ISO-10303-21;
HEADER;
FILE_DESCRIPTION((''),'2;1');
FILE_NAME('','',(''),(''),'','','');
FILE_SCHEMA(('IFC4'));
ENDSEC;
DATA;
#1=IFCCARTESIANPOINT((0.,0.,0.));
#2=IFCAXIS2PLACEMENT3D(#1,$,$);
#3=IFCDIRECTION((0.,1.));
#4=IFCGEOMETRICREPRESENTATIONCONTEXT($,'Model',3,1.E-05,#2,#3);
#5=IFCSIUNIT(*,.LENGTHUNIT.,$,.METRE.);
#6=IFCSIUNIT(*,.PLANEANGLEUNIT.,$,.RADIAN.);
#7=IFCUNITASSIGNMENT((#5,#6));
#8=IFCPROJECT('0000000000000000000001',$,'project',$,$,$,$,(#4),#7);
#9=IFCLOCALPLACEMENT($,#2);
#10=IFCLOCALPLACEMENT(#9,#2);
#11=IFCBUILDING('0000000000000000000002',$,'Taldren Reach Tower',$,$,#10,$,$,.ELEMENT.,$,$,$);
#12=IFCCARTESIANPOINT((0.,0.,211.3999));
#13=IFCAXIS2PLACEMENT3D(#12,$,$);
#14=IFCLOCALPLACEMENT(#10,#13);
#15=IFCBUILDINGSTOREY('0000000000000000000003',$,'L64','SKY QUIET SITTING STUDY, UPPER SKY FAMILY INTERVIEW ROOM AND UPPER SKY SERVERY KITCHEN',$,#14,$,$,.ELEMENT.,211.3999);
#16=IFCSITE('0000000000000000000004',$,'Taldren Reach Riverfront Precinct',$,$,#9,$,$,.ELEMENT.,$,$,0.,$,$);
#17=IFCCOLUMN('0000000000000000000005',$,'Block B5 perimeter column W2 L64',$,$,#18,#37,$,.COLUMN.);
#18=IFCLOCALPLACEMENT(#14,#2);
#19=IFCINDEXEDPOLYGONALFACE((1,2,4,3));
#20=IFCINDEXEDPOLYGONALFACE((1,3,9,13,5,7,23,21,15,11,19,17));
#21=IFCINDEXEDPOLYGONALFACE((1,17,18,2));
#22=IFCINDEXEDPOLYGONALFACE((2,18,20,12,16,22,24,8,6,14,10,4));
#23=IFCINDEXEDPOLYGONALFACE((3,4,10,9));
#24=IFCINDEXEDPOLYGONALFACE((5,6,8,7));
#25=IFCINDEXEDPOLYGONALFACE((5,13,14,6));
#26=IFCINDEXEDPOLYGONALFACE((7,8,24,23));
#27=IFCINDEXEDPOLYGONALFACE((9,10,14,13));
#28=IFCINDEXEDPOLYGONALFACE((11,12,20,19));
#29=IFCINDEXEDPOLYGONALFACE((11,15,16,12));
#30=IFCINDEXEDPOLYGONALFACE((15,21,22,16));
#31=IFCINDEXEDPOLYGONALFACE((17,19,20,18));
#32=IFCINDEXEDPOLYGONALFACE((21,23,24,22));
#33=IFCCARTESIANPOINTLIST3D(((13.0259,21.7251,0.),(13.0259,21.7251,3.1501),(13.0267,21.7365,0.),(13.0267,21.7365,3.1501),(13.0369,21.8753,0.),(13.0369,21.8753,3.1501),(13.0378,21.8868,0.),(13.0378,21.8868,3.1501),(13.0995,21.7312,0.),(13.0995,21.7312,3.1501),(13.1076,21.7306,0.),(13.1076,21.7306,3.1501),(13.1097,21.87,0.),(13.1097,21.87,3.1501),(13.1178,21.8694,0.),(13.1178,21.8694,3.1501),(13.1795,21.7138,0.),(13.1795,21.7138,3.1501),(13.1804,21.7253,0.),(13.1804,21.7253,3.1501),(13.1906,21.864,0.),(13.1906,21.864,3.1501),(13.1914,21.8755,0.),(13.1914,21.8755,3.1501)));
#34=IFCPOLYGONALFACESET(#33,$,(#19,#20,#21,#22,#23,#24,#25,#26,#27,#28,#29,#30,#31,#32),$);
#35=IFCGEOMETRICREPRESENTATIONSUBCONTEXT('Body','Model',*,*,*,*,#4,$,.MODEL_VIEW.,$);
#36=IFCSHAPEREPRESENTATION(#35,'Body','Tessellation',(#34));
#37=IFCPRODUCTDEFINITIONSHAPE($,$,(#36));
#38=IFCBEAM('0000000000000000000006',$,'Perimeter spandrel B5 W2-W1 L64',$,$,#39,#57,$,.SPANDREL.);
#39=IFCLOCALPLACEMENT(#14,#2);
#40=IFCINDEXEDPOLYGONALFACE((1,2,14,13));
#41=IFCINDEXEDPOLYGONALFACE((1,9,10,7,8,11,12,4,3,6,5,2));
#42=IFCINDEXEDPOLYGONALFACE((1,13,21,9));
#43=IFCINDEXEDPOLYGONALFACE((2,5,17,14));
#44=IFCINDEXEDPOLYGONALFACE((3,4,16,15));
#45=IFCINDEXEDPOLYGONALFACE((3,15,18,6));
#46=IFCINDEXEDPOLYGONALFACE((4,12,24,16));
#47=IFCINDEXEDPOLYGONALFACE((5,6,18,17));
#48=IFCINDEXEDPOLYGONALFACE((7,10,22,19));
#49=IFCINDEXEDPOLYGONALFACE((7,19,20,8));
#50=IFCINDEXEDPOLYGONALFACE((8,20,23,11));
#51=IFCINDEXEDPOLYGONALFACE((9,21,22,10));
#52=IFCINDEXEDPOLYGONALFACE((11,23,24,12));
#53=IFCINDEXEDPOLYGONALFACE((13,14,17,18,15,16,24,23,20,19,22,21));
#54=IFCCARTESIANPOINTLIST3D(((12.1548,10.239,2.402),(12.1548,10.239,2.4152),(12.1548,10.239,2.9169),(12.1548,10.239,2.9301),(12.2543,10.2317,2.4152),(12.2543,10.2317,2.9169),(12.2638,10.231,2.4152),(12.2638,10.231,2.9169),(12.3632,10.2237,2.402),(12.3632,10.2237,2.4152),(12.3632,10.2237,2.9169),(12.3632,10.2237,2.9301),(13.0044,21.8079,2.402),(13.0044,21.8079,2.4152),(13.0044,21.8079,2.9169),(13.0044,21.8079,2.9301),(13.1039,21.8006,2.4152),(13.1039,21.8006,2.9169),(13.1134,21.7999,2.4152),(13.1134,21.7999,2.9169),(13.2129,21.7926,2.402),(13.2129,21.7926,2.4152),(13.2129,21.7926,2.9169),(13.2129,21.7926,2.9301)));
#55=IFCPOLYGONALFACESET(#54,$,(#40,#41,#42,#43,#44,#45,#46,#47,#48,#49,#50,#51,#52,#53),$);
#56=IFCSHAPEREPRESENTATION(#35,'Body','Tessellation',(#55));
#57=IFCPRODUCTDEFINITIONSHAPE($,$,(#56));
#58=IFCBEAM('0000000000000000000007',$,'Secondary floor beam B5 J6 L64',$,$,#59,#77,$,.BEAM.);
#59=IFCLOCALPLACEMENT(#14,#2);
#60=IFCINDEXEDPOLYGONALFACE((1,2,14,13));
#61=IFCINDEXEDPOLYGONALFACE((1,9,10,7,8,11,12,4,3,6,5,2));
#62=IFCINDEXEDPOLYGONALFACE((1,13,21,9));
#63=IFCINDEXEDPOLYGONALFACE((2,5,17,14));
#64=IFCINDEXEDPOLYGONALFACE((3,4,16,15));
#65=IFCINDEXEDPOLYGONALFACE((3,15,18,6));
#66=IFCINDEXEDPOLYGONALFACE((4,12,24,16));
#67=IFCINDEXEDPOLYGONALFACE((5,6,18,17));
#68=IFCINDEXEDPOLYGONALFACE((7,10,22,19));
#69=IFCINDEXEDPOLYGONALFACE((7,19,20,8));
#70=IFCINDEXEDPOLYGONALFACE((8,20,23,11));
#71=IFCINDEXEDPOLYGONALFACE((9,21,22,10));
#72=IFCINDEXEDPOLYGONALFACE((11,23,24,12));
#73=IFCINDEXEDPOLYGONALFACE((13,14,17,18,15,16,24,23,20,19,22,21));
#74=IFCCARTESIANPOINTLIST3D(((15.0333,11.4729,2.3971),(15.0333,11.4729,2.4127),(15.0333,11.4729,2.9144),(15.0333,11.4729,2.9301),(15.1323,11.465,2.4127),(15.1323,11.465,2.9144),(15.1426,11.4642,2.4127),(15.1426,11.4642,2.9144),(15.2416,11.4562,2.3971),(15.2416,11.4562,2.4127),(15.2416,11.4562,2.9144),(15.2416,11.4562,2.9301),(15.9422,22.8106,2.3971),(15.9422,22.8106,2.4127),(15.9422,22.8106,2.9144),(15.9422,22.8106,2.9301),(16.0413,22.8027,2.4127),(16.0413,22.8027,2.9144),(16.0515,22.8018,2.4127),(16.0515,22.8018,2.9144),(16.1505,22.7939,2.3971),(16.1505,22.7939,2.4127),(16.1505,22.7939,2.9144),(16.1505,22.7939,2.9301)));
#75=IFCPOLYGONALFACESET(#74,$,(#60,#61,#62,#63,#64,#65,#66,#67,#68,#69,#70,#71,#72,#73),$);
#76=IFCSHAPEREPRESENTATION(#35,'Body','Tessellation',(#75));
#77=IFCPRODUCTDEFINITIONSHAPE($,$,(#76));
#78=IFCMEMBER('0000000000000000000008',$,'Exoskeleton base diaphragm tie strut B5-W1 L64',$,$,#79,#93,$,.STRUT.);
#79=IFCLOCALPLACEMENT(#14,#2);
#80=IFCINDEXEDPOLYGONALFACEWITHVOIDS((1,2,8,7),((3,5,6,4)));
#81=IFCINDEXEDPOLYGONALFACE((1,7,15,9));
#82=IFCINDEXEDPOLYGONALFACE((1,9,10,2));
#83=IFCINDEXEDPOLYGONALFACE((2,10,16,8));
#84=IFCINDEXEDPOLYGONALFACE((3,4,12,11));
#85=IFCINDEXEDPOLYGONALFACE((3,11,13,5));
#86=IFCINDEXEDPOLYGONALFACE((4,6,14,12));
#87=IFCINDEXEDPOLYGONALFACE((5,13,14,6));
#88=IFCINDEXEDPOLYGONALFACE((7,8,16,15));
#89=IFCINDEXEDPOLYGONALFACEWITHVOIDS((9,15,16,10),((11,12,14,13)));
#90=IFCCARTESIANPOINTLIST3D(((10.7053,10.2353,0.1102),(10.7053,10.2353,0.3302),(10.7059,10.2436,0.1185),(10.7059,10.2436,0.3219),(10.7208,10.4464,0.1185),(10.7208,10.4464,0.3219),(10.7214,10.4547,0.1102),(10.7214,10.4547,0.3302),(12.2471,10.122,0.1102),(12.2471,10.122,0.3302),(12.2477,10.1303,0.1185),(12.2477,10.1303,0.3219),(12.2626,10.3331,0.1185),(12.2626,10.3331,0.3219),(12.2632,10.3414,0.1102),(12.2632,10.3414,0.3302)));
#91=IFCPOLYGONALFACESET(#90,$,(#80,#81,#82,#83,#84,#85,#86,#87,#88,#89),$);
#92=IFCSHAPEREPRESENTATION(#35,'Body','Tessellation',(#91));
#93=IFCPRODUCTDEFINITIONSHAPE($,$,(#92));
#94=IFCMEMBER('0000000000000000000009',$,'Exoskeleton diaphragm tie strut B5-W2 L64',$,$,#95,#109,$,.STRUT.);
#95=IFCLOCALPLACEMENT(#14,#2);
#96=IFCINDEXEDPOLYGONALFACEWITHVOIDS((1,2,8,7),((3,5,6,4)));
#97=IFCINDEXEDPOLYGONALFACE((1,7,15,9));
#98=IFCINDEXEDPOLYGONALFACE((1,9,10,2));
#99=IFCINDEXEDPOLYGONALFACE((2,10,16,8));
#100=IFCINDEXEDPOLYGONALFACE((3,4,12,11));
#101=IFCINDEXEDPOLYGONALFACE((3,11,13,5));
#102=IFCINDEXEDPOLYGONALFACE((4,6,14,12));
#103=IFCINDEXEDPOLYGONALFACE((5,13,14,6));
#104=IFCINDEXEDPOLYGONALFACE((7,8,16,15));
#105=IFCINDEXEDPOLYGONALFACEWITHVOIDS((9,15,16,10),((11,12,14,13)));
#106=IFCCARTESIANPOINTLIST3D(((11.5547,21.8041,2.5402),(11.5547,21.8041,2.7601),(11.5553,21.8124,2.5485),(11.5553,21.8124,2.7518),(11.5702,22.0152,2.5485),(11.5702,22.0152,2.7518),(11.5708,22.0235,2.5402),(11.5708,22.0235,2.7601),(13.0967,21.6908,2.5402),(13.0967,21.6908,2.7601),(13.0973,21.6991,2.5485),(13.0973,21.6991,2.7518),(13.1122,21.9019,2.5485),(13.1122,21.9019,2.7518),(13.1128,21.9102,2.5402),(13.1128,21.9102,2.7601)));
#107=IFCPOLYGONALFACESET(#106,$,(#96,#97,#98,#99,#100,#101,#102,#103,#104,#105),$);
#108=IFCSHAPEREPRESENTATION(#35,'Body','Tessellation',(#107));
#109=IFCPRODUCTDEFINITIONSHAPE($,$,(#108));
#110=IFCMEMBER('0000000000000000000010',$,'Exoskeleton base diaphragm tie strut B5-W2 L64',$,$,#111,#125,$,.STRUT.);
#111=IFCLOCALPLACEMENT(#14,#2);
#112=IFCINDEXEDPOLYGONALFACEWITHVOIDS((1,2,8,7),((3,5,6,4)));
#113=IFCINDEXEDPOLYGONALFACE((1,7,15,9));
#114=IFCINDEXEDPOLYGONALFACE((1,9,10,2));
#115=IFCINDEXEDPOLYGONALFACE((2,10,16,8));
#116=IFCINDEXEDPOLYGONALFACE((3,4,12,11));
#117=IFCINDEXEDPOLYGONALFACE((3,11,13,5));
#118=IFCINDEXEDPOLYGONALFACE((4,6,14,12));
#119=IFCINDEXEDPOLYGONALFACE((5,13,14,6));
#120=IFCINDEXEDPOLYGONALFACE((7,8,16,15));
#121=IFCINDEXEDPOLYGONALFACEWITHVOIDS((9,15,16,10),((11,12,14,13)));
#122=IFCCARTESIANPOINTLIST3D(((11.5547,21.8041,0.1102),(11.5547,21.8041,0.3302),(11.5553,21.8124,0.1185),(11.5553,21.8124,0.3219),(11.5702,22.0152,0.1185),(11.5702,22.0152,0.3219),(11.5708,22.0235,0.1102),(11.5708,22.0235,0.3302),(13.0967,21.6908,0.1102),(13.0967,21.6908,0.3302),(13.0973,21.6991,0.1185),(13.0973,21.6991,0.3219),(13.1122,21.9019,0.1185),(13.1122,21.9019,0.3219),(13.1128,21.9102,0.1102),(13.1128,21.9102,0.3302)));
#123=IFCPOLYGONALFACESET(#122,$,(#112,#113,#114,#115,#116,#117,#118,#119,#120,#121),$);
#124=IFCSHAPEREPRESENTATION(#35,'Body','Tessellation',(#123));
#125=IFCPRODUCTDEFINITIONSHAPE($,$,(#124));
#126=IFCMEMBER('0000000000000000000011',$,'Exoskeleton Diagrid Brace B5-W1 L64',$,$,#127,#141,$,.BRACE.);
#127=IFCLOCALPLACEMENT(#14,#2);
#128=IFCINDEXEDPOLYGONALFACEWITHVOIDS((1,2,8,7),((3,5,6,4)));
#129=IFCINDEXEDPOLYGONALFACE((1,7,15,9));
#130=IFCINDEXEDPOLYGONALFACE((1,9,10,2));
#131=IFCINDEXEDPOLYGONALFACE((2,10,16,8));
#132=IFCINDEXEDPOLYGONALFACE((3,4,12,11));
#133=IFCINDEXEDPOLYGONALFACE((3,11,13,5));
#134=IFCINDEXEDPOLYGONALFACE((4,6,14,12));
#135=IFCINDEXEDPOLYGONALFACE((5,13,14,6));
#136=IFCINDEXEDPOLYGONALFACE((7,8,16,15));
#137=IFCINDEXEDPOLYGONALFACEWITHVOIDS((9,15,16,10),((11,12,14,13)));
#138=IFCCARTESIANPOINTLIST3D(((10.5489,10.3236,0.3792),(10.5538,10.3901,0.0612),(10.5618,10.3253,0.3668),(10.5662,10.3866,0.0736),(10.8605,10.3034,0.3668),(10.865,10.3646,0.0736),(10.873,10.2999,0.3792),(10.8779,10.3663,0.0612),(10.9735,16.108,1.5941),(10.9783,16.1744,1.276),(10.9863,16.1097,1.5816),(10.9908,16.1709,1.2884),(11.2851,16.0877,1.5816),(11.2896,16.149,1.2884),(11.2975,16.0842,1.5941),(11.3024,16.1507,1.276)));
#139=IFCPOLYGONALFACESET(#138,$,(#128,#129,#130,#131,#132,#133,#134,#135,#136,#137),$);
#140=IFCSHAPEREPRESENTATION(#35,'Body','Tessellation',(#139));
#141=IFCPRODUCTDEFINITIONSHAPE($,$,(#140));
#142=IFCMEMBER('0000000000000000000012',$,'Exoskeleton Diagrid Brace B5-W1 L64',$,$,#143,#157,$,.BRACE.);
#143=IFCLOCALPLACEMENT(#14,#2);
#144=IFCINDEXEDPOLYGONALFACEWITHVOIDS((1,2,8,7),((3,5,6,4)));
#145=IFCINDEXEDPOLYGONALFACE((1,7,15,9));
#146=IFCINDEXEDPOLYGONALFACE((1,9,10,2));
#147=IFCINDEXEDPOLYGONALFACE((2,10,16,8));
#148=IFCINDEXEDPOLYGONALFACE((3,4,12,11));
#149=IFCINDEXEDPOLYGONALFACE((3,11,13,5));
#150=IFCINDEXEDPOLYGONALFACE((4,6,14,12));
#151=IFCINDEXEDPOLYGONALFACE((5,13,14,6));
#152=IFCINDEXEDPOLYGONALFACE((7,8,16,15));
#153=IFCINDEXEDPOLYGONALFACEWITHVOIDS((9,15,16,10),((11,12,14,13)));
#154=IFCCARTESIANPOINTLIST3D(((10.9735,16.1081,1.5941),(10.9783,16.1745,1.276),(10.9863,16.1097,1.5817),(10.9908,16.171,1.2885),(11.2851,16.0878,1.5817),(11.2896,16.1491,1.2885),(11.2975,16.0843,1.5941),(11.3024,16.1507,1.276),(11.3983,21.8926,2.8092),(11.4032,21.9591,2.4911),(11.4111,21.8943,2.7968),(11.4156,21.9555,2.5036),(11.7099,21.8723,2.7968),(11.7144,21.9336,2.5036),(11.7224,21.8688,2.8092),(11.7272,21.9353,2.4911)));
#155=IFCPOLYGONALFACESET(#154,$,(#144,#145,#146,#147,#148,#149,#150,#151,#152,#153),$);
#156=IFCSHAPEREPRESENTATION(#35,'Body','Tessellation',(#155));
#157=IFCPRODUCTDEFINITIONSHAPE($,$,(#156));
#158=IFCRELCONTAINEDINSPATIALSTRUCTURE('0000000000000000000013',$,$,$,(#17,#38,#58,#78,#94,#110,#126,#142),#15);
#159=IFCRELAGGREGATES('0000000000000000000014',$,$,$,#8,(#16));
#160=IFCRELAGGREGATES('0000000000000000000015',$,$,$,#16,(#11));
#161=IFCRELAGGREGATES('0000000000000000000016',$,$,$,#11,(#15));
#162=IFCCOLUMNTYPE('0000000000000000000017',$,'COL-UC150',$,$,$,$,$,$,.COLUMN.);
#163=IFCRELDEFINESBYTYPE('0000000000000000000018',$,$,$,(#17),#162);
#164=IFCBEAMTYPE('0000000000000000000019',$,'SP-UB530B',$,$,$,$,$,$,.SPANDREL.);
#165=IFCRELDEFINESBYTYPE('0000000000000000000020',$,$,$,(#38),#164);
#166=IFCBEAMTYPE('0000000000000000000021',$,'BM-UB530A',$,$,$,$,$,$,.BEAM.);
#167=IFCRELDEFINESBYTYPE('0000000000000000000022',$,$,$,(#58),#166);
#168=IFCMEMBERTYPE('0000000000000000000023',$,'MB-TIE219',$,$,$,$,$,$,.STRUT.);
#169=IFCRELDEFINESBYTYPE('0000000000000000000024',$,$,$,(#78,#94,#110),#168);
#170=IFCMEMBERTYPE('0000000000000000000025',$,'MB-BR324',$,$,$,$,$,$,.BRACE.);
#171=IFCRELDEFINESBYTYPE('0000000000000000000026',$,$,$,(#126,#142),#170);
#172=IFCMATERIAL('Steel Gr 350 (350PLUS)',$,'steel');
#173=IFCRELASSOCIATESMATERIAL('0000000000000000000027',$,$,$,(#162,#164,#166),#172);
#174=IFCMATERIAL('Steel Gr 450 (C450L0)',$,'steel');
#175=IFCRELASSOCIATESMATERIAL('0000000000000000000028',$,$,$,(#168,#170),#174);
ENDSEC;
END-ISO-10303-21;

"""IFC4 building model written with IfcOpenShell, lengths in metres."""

from ifc_helpers import new_model, si_unit, direction, frame, origin, origin_2d, place, context, subcontext, project, spatial, hollow_rectangle, i_section, extrude, source, transform, mapped, material, material_profile, profile_set, type_object, element, save


model = new_model("IFC4")

# Units and contexts
model_context = context("Model", 3, precision=1e-05, world=origin(), true_north=direction((0.0, 1.0)))
body_context = subcontext(model_context, "Body", "Model", "MODEL_VIEW")
ifc_project = project(units=[si_unit("LENGTHUNIT", "METRE"), si_unit("PLANEANGLEUNIT", "RADIAN")], contexts=[model_context])

# Site, building, storey
site_placement = place(None, origin())
site = spatial("IfcSite", under=ifc_project, at=site_placement, Name="Taldren Reach Riverfront Precinct", CompositionType="ELEMENT", RefElevation=0.0)
building_placement = place(site_placement, origin())
building = spatial("IfcBuilding", under=site, at=building_placement, Name="Taldren Reach Tower", CompositionType="ELEMENT")
storey_placement = place(building_placement, frame((0.0, 0.0, 211.3999)))
storey = spatial("IfcBuildingStorey", under=building, at=storey_placement, Name="L64", Description="SKY QUIET SITTING STUDY, UPPER SKY FAMILY INTERVIEW ROOM AND UPPER SKY SERVERY KITCHEN", CompositionType="ELEMENT", Elevation=211.3999)

# Column
ifc_material_1 = material(Name="Steel Gr 350 (350PLUS)", Category="steel")
ifc_material_profile_1 = material_profile(ifc_material_1, i_section(OverallWidth=0.1541, OverallDepth=0.1621, WebThickness=0.0081, FlangeThickness=0.0115, at=origin_2d()), Name="150UC37.2")
ifc_profile_set_1 = profile_set([ifc_material_profile_1], Name="Steel Gr 350 (350PLUS)")
column_type = type_object("IfcColumnType", Name="COL-UC150", PredefinedType="COLUMN", material=ifc_profile_set_1)
shared_shape_1 = source(origin(), body_context, "Body", "SweptSolid", [
    extrude(i_section(OverallWidth=0.1541, OverallDepth=0.1621, WebThickness=0.0081, FlangeThickness=0.0115, at=origin_2d()), origin(), (0.0, 0.0, 1.0), 3.1501),
])
column_placement = place(storey_placement, frame((13.1086, 21.8003, 0.0), z_axis=(0.0, 0.0, 1.0), x_axis=(0.997314, -0.073238, 0.0)))
element("IfcColumn", 1, at=column_placement, inside=storey, type_object=column_type, Name="Block B5 perimeter column W2 L64", PredefinedType="COLUMN", context=body_context, shape_type="MappedRepresentation", body=[
    mapped(shared_shape_1, transform((0.0, 0.0, 0.0), scale=1.0)),
])

# Beams
ifc_material_profile_2 = material_profile(ifc_material_1, i_section(OverallWidth=0.209, OverallDepth=0.5281, WebThickness=0.0095, FlangeThickness=0.0132, at=origin_2d()), Name="530UB82.0")
ifc_profile_set_2 = profile_set([ifc_material_profile_2], Name="Steel Gr 350 (350PLUS)")
beam_type_1 = type_object("IfcBeamType", Name="SP-UB530B", PredefinedType="SPANDREL", material=ifc_profile_set_2)
shared_shape_2 = source(origin(), body_context, "Body", "SweptSolid", [
    extrude(i_section(OverallWidth=0.209, OverallDepth=0.5281, WebThickness=0.0095, FlangeThickness=0.0132, at=origin_2d()), origin(), (0.0, 0.0, 1.0), 11.6001),
])
beam_1_placement = place(storey_placement, frame((13.1086, 21.8003, 2.666), z_axis=(-0.073242, -0.997314, 0.0), x_axis=(0.997314, -0.073242, 0.0)))
element("IfcBeam", 2, at=beam_1_placement, inside=storey, type_object=beam_type_1, Name="Perimeter spandrel B5 W2-W1 L64", PredefinedType="SPANDREL", context=body_context, shape_type="MappedRepresentation", body=[
    mapped(shared_shape_2, transform((0.0, 0.0, 0.0), scale=1.0)),
])
ifc_material_profile_3 = material_profile(ifc_material_1, i_section(OverallWidth=0.209, OverallDepth=0.533, WebThickness=0.0103, FlangeThickness=0.0156, at=origin_2d()), Name="530UB92.4")
ifc_profile_set_3 = profile_set([ifc_material_profile_3], Name="Steel Gr 350 (350PLUS)")
beam_type_2 = type_object("IfcBeamType", Name="BM-UB530A", PredefinedType="BEAM", material=ifc_profile_set_3)
shared_shape_3 = source(origin(), body_context, "Body", "SweptSolid", [
    extrude(i_section(OverallWidth=0.209, OverallDepth=0.533, WebThickness=0.0103, FlangeThickness=0.0156, at=origin_2d()), origin(), (0.0, 0.0, 1.0), 11.374),
])
beam_2_placement = place(storey_placement, frame((15.1375, 11.4646, 2.6636), z_axis=(0.079913, 0.996802, 0.0), x_axis=(-0.996802, 0.079913, 0.0)))
element("IfcBeam", 3, at=beam_2_placement, inside=storey, type_object=beam_type_2, Name="Secondary floor beam B5 J6 L64", PredefinedType="BEAM", context=body_context, shape_type="MappedRepresentation", body=[
    mapped(shared_shape_3, transform((0.0, 0.0, 0.0), scale=1.0)),
])

# Members
ifc_material_2 = material(Name="Steel Gr 450 (C450L0)", Category="steel")
ifc_material_profile_4 = material_profile(ifc_material_2, hollow_rectangle(XDim=0.22, YDim=0.22, WallThickness=0.0083, at=origin_2d()), Name="220x220x8.2SHS")
ifc_profile_set_4 = profile_set([ifc_material_profile_4], Name="Steel Gr 450 (C450L0)")
member_type_1 = type_object("IfcMemberType", Name="MB-TIE219", PredefinedType="STRUT", material=ifc_profile_set_4)
shared_shape_4 = source(origin(), body_context, "Body", "SweptSolid", [
    extrude(hollow_rectangle(XDim=0.22, YDim=0.22, WallThickness=0.0083, at=origin_2d()), origin(), (0.0, 0.0, 1.0), 1.5459),
])
member_1_placement = place(storey_placement, frame((12.2551, 10.2317, 0.2202), z_axis=(-0.997312, 0.073278, 0.0), x_axis=(-0.073278, -0.997312, 0.0)))
element("IfcMember", 4, at=member_1_placement, inside=storey, type_object=member_type_1, Name="Exoskeleton base diaphragm tie strut B5-W1 L64", PredefinedType="STRUT", context=body_context, shape_type="MappedRepresentation", body=[
    mapped(shared_shape_4, transform((0.0, 0.0, 0.0), scale=1.0)),
])
shared_shape_5 = source(origin(), body_context, "Body", "SweptSolid", [
    extrude(hollow_rectangle(XDim=0.22, YDim=0.22, WallThickness=0.0083, at=origin_2d()), origin(), (0.0, 0.0, 1.0), 1.5461),
])
for number, where, z_axis, x_axis, name in (
    (5, (13.1047, 21.8005, 2.6501), (-0.997312, 0.073267, 0.0), (-0.073267, -0.997312, 0.0), "Exoskeleton diaphragm tie strut B5-W2 L64"),
    (6, (13.1047, 21.8005, 0.2202), (-0.997312, 0.073267, 0.0), (-0.073267, -0.997312, 0.0), "Exoskeleton base diaphragm tie strut B5-W2 L64"),
):
    element("IfcMember", number, at=place(storey_placement, frame(where, z_axis=z_axis, x_axis=x_axis)), inside=storey, type_object=member_type_1, Name=name, PredefinedType="STRUT", context=body_context, shape_type="MappedRepresentation", body=[
        mapped(shared_shape_5, transform((0.0, 0.0, 0.0), scale=1.0)),
    ])
ifc_material_profile_5 = material_profile(ifc_material_2, hollow_rectangle(XDim=0.325, YDim=0.325, WallThickness=0.0127, at=origin_2d()), Name="325x325x12.7SHS")
ifc_profile_set_5 = profile_set([ifc_material_profile_5], Name="Steel Gr 450 (C450L0)")
member_type_2 = type_object("IfcMemberType", Name="MB-BR324", PredefinedType="BRACE", material=ifc_profile_set_5)
shared_shape_6 = source(origin(), body_context, "Body", "SweptSolid", [
    extrude(hollow_rectangle(XDim=0.325, YDim=0.325, WallThickness=0.0127, at=origin_2d()), origin(), (0.0, 0.0, 1.0), 5.9258),
])
member_2_placement = place(storey_placement, frame((10.7134, 10.345, 0.2202), z_axis=(0.071646, 0.976135, 0.205008), x_axis=(-0.997317, 0.0732, 0.0)))
element("IfcMember", 7, at=member_2_placement, inside=storey, type_object=member_type_2, Name="Exoskeleton Diagrid Brace B5-W1 L64", PredefinedType="BRACE", context=body_context, shape_type="MappedRepresentation", body=[
    mapped(shared_shape_6, transform((0.0, 0.0, 0.0), scale=1.0)),
])
shared_shape_7 = source(origin(), body_context, "Body", "SweptSolid", [
    extrude(hollow_rectangle(XDim=0.325, YDim=0.325, WallThickness=0.0127, at=origin_2d()), origin(), (0.0, 0.0, 1.0), 5.926),
])
member_3_placement = place(storey_placement, frame((11.1379, 16.1294, 1.4351), z_axis=(0.071686, 0.976123, 0.205046), x_axis=(-0.997314, 0.073242, 0.0)))
element("IfcMember", 8, at=member_3_placement, inside=storey, type_object=member_type_2, Name="Exoskeleton Diagrid Brace B5-W1 L64", PredefinedType="BRACE", context=body_context, shape_type="MappedRepresentation", body=[
    mapped(shared_shape_7, transform((0.0, 0.0, 0.0), scale=1.0)),
])

save(model, "model.ifc")
